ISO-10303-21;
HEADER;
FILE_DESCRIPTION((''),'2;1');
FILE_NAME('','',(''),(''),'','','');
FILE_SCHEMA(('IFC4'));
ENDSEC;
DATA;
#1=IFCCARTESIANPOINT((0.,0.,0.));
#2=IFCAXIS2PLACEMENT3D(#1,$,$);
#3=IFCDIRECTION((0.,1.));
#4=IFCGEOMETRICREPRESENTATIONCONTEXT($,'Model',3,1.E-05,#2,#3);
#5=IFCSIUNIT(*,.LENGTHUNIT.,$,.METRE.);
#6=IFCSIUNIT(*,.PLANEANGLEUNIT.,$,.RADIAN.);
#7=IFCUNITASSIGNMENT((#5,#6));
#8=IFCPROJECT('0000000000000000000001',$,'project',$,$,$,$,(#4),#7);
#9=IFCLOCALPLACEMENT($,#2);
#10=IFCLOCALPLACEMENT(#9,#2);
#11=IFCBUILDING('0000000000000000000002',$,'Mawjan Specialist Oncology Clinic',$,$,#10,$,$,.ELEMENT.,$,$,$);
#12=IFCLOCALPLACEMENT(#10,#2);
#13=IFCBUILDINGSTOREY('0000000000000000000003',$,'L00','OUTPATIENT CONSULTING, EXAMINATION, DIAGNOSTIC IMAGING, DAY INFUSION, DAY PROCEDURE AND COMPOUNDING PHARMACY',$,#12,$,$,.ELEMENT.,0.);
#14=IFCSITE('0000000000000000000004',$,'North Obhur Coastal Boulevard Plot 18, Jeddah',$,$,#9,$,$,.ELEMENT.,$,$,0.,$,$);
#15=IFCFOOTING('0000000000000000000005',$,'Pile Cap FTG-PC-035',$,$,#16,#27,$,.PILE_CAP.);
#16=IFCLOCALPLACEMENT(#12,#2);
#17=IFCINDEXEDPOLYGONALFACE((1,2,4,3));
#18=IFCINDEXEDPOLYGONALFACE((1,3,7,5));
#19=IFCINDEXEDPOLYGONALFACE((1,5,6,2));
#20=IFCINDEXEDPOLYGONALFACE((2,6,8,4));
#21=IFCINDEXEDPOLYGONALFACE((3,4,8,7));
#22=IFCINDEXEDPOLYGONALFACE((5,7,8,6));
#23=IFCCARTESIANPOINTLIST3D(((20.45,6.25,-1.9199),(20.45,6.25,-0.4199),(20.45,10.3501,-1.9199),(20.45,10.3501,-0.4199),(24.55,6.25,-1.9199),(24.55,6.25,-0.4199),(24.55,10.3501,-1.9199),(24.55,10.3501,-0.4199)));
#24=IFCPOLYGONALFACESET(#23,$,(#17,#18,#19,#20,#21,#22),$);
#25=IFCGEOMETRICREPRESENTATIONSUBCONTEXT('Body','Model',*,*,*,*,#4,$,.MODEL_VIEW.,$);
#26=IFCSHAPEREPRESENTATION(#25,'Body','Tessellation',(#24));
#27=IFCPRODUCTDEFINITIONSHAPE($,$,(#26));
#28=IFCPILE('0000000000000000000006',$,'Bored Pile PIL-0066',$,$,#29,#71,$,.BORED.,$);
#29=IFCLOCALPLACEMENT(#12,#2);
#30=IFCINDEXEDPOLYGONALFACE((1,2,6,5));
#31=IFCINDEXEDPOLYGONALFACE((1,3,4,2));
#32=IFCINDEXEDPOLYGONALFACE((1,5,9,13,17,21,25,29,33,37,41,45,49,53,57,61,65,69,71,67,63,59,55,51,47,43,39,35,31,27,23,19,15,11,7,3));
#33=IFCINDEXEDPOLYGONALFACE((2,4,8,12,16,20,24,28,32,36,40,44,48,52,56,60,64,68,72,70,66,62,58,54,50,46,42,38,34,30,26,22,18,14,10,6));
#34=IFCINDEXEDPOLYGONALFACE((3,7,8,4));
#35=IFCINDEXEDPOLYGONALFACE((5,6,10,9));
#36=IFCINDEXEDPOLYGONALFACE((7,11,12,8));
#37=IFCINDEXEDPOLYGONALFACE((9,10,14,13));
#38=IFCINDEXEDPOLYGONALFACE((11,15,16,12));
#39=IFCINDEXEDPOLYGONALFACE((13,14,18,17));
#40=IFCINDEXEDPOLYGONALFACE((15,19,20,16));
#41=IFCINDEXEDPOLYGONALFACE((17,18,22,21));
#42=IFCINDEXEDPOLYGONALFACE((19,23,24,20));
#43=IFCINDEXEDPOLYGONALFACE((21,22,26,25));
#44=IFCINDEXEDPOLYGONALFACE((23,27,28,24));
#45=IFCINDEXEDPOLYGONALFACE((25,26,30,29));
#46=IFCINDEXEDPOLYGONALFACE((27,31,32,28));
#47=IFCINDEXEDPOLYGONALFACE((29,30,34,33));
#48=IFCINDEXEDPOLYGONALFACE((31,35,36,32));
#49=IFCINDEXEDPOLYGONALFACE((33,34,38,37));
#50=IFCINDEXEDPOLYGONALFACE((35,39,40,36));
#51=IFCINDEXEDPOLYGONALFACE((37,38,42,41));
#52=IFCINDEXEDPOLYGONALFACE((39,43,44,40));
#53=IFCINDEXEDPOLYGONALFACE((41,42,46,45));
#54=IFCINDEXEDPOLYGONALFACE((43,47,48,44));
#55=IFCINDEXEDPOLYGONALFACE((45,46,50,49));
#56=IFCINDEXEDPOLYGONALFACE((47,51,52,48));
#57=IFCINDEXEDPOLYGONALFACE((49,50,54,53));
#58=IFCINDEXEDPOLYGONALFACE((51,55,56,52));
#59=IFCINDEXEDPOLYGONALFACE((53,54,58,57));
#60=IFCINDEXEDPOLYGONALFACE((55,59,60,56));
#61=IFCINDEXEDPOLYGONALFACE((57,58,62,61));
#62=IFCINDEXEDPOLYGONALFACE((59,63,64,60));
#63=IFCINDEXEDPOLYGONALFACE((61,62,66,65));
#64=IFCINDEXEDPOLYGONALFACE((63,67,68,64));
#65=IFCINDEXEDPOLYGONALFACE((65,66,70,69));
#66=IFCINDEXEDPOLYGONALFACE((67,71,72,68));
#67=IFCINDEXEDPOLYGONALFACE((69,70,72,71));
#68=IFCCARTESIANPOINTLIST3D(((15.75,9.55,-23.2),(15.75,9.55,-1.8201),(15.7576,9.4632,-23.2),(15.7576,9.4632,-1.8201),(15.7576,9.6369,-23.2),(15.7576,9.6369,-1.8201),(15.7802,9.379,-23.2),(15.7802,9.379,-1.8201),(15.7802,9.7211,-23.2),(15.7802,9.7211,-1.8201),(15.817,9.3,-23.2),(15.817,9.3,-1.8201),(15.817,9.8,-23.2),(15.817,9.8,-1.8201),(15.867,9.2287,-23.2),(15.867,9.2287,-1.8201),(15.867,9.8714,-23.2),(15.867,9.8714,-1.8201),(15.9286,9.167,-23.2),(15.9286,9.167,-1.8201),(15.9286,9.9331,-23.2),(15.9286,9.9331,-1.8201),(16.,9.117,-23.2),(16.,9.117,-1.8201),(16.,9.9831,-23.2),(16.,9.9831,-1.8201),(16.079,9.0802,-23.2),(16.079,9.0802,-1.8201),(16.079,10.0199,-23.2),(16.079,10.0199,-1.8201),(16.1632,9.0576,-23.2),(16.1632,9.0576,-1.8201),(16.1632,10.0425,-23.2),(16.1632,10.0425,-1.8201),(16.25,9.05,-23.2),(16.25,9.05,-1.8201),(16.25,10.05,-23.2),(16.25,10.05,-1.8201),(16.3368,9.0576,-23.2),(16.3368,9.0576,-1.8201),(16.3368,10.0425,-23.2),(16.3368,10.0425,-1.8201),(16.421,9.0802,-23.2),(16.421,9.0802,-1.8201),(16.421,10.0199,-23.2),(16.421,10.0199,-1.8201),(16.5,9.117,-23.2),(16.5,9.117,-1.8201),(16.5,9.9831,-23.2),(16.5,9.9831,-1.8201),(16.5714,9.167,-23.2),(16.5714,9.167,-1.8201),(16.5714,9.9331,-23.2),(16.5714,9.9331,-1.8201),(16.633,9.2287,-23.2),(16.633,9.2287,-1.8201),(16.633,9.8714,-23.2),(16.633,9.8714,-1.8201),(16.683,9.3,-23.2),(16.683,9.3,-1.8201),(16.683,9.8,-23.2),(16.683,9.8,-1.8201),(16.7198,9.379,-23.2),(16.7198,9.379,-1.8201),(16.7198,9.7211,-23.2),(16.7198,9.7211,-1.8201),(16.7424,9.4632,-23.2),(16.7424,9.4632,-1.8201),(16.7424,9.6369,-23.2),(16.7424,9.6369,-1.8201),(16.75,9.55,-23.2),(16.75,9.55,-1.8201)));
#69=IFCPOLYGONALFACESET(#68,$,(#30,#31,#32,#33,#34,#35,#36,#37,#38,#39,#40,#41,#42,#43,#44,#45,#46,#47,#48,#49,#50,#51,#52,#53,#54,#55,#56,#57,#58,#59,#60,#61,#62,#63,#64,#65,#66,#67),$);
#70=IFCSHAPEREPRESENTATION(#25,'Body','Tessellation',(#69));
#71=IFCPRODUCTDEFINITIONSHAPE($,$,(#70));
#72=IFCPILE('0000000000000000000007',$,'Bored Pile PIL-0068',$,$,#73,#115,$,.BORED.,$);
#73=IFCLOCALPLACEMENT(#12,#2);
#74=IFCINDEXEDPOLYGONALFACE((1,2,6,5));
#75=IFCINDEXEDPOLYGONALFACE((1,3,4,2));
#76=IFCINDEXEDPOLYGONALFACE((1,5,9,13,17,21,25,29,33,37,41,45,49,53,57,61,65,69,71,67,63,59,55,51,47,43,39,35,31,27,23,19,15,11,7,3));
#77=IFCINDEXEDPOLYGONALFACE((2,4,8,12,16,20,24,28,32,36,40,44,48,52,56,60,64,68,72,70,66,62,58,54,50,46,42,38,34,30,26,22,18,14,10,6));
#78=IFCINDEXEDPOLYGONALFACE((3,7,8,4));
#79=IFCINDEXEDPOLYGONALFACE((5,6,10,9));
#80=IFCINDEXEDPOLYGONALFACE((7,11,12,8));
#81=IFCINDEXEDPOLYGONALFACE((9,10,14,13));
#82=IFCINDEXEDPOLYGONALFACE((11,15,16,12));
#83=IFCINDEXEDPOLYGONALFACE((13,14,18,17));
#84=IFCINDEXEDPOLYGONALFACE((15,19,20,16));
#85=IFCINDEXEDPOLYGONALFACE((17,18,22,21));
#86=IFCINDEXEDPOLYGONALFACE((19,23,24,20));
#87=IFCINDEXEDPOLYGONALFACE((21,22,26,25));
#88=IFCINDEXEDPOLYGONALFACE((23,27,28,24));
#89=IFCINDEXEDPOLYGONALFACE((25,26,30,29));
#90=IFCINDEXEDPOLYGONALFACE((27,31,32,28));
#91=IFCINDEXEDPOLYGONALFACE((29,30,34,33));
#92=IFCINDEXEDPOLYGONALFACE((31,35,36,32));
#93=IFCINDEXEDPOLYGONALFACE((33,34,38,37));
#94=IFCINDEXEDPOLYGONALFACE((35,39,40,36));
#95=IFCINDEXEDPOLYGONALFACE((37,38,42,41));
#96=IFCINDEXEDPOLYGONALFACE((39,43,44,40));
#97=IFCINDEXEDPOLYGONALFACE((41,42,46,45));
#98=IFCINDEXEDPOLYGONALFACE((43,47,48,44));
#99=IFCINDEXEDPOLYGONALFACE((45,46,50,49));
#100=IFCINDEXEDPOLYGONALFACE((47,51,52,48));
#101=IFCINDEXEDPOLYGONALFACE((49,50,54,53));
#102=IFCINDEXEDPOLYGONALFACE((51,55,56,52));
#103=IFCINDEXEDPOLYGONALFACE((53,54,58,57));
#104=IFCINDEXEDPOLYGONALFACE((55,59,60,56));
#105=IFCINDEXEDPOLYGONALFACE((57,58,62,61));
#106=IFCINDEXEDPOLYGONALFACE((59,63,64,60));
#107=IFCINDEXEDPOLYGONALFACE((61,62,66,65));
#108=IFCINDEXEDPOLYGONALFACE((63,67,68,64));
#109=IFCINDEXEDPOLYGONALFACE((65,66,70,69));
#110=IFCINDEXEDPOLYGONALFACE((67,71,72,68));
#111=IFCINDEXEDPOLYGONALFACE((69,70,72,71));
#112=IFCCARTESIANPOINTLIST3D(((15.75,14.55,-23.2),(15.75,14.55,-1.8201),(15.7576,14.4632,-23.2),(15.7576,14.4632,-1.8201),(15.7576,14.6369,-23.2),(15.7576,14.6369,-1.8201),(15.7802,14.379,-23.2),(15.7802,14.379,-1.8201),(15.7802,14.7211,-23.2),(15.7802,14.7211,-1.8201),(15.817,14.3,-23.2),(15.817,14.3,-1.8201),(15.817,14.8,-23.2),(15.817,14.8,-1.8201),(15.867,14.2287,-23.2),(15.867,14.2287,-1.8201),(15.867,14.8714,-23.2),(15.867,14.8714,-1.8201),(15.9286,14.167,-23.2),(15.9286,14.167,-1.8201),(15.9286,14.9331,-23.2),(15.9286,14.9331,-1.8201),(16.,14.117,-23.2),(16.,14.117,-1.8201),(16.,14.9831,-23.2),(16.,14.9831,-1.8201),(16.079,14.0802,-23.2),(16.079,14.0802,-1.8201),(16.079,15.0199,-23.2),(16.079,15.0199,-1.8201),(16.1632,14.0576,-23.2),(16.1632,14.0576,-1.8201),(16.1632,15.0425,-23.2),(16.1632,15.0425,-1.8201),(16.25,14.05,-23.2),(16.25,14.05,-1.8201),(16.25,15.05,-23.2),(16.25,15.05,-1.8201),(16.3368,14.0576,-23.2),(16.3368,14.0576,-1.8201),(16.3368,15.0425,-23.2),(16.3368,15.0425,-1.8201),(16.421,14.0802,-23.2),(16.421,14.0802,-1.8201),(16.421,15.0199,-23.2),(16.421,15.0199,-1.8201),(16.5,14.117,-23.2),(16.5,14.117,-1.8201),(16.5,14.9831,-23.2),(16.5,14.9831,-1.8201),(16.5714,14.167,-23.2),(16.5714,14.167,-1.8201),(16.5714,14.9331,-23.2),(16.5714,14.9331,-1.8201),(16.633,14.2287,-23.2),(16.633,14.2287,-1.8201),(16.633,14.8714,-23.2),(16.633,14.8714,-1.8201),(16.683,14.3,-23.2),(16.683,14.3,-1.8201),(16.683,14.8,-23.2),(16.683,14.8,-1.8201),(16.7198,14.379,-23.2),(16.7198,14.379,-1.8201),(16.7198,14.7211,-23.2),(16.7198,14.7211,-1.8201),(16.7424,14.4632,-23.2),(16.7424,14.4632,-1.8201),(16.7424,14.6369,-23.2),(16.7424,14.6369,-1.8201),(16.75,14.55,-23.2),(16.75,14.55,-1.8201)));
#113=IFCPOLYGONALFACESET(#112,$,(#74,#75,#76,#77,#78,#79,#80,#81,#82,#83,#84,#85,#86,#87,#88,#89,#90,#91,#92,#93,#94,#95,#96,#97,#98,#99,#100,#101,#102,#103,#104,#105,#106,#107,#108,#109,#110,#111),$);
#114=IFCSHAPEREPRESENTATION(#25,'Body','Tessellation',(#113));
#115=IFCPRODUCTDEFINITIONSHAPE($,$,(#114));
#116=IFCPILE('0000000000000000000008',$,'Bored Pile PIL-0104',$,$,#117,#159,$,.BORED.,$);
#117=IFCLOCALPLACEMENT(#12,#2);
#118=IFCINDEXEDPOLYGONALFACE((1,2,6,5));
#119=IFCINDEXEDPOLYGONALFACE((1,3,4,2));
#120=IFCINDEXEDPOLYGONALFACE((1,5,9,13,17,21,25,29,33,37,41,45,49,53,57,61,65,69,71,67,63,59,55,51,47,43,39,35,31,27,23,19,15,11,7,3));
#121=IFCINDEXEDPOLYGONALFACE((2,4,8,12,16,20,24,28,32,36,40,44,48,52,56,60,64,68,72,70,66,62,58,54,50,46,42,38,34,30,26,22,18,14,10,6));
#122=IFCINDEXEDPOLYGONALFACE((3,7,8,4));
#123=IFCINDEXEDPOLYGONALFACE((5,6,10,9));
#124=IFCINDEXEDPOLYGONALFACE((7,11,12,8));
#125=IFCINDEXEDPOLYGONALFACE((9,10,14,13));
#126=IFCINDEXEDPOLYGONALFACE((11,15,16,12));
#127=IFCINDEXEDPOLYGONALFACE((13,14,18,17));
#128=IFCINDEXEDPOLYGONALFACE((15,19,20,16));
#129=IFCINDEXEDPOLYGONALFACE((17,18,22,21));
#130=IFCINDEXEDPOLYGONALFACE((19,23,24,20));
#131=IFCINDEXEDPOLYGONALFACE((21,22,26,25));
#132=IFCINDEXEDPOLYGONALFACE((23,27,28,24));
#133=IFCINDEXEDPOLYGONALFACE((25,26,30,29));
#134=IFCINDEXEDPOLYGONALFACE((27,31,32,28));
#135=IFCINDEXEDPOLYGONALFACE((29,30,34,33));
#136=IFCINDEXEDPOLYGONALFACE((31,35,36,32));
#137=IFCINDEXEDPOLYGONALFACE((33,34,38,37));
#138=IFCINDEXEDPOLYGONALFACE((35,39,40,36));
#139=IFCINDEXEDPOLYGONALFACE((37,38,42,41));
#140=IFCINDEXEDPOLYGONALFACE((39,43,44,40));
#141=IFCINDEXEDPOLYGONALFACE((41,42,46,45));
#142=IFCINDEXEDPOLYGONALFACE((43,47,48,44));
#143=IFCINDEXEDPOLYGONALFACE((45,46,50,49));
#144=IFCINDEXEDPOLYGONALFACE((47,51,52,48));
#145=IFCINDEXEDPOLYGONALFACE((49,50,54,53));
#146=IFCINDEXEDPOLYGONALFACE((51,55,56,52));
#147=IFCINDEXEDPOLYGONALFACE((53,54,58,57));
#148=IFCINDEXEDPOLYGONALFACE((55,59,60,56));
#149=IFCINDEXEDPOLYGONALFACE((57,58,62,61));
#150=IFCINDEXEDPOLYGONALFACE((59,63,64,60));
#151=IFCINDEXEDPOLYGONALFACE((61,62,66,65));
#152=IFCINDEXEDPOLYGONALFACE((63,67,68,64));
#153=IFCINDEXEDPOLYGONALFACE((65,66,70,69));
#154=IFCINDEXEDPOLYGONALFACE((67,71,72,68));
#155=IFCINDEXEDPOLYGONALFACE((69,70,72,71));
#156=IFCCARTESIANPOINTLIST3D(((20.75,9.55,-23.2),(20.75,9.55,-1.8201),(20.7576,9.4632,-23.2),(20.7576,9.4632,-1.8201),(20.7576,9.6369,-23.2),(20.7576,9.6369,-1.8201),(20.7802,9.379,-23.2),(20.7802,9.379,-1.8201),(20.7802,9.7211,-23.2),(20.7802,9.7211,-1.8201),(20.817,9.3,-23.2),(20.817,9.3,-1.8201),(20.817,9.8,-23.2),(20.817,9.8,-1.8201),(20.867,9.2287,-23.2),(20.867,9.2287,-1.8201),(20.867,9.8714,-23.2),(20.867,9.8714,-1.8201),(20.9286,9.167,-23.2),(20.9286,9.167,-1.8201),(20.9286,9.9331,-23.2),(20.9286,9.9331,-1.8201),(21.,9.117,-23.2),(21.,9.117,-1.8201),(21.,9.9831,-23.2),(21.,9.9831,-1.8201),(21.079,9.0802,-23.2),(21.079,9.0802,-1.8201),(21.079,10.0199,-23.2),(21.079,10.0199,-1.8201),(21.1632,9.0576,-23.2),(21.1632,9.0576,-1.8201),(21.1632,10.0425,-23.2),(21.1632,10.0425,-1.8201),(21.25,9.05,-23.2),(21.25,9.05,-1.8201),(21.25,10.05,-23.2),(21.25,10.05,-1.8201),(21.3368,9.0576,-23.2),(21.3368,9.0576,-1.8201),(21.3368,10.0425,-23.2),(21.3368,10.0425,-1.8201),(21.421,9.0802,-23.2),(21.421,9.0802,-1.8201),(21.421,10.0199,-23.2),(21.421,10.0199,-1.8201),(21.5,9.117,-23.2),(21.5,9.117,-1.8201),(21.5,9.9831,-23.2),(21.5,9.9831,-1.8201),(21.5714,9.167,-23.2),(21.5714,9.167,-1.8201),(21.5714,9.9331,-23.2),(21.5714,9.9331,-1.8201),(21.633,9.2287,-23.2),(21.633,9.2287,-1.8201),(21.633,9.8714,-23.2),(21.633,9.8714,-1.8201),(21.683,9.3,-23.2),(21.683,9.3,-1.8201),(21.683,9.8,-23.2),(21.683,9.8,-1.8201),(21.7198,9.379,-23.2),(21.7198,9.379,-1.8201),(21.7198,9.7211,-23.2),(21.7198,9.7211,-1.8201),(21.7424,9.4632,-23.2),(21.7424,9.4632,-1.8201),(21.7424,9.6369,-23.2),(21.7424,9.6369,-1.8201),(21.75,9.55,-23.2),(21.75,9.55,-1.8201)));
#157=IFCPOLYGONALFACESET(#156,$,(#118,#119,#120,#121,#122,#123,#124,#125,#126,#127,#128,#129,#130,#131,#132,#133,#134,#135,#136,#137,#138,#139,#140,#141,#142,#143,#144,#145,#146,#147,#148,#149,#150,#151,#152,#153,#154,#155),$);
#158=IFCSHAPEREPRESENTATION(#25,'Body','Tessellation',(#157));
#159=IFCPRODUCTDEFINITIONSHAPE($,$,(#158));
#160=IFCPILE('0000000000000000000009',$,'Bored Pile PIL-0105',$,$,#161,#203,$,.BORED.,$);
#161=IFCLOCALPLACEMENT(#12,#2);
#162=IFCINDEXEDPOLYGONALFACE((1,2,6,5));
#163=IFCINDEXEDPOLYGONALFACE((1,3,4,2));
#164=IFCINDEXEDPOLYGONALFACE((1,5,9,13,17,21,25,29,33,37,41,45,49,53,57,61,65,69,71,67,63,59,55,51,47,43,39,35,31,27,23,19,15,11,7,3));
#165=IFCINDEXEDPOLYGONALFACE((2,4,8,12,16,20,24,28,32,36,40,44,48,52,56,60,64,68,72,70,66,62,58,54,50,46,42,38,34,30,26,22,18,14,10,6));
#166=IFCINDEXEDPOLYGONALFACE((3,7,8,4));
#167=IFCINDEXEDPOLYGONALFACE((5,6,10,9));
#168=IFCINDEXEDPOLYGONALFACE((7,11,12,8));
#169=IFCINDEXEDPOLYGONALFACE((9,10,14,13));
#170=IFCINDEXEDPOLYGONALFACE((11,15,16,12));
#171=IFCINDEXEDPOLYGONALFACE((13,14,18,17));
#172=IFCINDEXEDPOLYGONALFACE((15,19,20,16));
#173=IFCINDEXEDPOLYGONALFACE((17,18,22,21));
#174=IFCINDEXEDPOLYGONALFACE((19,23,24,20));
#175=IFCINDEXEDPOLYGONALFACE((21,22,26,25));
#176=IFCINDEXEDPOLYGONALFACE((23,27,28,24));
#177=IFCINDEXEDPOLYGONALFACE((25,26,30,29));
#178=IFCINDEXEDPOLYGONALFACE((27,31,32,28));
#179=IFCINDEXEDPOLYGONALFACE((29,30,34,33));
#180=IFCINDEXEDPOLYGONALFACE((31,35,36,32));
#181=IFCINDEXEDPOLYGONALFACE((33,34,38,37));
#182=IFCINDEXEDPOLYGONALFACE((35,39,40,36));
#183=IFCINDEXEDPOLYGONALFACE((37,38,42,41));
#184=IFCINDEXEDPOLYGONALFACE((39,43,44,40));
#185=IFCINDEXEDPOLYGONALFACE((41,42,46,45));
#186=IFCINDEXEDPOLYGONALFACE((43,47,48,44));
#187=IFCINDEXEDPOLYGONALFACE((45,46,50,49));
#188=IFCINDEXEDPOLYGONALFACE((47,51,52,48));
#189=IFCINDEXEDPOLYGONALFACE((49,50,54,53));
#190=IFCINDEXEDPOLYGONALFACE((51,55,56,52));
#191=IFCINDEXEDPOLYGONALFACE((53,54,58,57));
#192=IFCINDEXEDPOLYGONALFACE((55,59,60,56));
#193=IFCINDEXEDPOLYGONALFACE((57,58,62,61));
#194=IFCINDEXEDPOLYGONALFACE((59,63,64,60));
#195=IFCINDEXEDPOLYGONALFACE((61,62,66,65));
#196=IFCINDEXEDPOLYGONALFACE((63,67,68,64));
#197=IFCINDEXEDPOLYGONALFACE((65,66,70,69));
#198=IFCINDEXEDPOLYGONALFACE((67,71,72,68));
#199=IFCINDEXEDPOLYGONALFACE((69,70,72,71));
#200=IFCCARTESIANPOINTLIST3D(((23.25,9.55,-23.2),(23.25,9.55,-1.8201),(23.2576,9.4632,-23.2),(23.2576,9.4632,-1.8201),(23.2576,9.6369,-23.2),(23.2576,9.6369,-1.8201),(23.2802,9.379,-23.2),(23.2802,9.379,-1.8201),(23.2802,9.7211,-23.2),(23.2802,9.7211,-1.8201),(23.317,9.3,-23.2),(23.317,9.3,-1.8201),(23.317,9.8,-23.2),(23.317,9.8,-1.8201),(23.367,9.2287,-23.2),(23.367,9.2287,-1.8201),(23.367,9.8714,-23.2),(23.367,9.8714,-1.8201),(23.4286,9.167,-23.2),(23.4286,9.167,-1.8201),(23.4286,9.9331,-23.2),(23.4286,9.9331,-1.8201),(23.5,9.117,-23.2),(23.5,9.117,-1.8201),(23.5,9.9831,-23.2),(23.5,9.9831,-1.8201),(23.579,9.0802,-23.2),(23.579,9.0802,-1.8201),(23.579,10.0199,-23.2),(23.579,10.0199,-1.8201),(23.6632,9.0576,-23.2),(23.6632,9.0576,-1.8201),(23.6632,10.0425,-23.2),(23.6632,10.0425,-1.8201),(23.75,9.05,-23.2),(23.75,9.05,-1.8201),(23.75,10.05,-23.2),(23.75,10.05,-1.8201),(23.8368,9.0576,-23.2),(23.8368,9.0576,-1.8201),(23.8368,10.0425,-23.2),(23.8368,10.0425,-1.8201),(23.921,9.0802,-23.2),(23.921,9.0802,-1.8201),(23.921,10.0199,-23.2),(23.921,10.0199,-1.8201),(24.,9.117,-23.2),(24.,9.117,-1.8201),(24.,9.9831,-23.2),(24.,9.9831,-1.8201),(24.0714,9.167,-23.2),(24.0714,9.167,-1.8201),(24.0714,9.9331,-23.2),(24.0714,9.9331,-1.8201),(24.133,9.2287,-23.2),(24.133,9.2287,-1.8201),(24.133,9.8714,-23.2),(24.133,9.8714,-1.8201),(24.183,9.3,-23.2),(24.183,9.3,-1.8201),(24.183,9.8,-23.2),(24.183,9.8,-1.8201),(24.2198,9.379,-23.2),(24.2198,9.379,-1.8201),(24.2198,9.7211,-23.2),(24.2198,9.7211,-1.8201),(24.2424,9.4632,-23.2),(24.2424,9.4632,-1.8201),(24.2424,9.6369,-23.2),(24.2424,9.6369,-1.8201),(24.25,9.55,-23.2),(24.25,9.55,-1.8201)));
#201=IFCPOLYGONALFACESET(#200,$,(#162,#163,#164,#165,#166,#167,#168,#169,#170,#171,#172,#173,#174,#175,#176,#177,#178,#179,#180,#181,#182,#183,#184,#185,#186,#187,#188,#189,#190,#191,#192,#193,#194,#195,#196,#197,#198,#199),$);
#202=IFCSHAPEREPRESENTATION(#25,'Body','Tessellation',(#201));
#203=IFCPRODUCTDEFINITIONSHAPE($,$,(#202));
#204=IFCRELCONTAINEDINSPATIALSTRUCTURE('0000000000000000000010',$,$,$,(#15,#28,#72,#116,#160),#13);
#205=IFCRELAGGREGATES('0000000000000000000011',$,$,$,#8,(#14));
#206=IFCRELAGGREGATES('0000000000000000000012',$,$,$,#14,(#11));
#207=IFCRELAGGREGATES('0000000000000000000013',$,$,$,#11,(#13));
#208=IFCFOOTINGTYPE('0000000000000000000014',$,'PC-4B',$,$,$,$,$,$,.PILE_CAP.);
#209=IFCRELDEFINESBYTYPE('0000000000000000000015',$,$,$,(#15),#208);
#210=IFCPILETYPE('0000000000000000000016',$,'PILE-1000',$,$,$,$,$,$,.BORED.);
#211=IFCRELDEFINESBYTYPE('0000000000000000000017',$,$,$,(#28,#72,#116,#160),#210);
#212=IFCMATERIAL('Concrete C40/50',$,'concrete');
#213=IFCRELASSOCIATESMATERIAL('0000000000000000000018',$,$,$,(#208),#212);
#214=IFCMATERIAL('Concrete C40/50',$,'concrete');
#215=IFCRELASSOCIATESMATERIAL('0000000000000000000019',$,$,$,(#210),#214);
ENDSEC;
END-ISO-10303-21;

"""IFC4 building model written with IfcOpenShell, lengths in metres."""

from ifc_helpers import new_model, si_unit, direction, frame, origin, origin_2d, place, context, subcontext, project, spatial, rectangle, circle, extrude, material, material_profile, profile_set, type_object, element, save


model = new_model("IFC4")

# Units and contexts
model_context = context("Model", 3, precision=1e-05, world=origin(), true_north=direction((0.0, 1.0)))
body_context = subcontext(model_context, "Body", "Model", "MODEL_VIEW")
ifc_project = project(units=[si_unit("LENGTHUNIT", "METRE"), si_unit("PLANEANGLEUNIT", "RADIAN")], contexts=[model_context])

# Site, building, storey
site_placement = place(None, origin())
site = spatial("IfcSite", under=ifc_project, at=site_placement, Name="North Obhur Coastal Boulevard Plot 18, Jeddah", CompositionType="ELEMENT", RefElevation=0.0)
building_placement = place(site_placement, origin())
building = spatial("IfcBuilding", under=site, at=building_placement, Name="Mawjan Specialist Oncology Clinic", CompositionType="ELEMENT")
storey_placement = place(building_placement, origin())
storey = spatial("IfcBuildingStorey", under=building, at=storey_placement, Name="L00", Description="OUTPATIENT CONSULTING, EXAMINATION, DIAGNOSTIC IMAGING, DAY INFUSION, DAY PROCEDURE AND COMPOUNDING PHARMACY", CompositionType="ELEMENT", Elevation=0.0)

# Footing
ifc_material_1 = material(Name="Concrete C40/50", Category="concrete")
footing_type_1 = type_object("IfcFootingType", Name="PC-4B", PredefinedType="PILE_CAP", material=ifc_material_1)
footing_1_placement = place(storey_placement, frame((22.5, 8.3, -1.9199), z_axis=(0.0, 0.0, 1.0), x_axis=(1.0, 0.0, 0.0)))
element("IfcFooting", 1, at=footing_1_placement, inside=storey, type_object=footing_type_1, Name="Pile Cap FTG-PC-035", PredefinedType="PILE_CAP", context=body_context, shape_type="SweptSolid", body=[
    extrude(rectangle(XDim=4.1001, YDim=4.1001, at=origin_2d()), origin(), (0.0, 0.0, 1.0), 1.5),
])

# Piles
ifc_material_2 = material(Name="Concrete C40/50", Category="concrete")
ifc_material_profile_1 = material_profile(ifc_material_2, circle(Radius=0.5, at=origin_2d()), Name="BORED PILE D1000", Category="concrete")
ifc_profile_set_1 = profile_set([ifc_material_profile_1], Name="Concrete C40/50")
pile_type = type_object("IfcPileType", Name="PILE-1000", PredefinedType="BORED", material=ifc_profile_set_1)
for number, where, z_axis, x_axis, name in (
    (2, (16.25, 9.55, -1.8201), (0.0, 0.0, -1.0), (1.0, 0.0, 0.0), "Bored Pile PIL-0066"),
    (3, (16.25, 14.55, -1.8201), (0.0, 0.0, -1.0), (1.0, 0.0, 0.0), "Bored Pile PIL-0068"),
    (4, (21.25, 9.55, -1.8201), (0.0, 0.0, -1.0), (1.0, 0.0, 0.0), "Bored Pile PIL-0104"),
    (5, (23.75, 9.55, -1.8201), (0.0, 0.0, -1.0), (1.0, 0.0, 0.0), "Bored Pile PIL-0105"),
):
    element("IfcPile", number, at=place(storey_placement, frame(where, z_axis=z_axis, x_axis=x_axis)), inside=storey, type_object=pile_type, Name=name, PredefinedType="BORED", context=body_context, shape_type="SweptSolid", body=[
        extrude(circle(Radius=0.5, at=origin_2d()), origin(), (0.0, 0.0, 1.0), 21.3799),
    ])

save(model, "model.ifc")
